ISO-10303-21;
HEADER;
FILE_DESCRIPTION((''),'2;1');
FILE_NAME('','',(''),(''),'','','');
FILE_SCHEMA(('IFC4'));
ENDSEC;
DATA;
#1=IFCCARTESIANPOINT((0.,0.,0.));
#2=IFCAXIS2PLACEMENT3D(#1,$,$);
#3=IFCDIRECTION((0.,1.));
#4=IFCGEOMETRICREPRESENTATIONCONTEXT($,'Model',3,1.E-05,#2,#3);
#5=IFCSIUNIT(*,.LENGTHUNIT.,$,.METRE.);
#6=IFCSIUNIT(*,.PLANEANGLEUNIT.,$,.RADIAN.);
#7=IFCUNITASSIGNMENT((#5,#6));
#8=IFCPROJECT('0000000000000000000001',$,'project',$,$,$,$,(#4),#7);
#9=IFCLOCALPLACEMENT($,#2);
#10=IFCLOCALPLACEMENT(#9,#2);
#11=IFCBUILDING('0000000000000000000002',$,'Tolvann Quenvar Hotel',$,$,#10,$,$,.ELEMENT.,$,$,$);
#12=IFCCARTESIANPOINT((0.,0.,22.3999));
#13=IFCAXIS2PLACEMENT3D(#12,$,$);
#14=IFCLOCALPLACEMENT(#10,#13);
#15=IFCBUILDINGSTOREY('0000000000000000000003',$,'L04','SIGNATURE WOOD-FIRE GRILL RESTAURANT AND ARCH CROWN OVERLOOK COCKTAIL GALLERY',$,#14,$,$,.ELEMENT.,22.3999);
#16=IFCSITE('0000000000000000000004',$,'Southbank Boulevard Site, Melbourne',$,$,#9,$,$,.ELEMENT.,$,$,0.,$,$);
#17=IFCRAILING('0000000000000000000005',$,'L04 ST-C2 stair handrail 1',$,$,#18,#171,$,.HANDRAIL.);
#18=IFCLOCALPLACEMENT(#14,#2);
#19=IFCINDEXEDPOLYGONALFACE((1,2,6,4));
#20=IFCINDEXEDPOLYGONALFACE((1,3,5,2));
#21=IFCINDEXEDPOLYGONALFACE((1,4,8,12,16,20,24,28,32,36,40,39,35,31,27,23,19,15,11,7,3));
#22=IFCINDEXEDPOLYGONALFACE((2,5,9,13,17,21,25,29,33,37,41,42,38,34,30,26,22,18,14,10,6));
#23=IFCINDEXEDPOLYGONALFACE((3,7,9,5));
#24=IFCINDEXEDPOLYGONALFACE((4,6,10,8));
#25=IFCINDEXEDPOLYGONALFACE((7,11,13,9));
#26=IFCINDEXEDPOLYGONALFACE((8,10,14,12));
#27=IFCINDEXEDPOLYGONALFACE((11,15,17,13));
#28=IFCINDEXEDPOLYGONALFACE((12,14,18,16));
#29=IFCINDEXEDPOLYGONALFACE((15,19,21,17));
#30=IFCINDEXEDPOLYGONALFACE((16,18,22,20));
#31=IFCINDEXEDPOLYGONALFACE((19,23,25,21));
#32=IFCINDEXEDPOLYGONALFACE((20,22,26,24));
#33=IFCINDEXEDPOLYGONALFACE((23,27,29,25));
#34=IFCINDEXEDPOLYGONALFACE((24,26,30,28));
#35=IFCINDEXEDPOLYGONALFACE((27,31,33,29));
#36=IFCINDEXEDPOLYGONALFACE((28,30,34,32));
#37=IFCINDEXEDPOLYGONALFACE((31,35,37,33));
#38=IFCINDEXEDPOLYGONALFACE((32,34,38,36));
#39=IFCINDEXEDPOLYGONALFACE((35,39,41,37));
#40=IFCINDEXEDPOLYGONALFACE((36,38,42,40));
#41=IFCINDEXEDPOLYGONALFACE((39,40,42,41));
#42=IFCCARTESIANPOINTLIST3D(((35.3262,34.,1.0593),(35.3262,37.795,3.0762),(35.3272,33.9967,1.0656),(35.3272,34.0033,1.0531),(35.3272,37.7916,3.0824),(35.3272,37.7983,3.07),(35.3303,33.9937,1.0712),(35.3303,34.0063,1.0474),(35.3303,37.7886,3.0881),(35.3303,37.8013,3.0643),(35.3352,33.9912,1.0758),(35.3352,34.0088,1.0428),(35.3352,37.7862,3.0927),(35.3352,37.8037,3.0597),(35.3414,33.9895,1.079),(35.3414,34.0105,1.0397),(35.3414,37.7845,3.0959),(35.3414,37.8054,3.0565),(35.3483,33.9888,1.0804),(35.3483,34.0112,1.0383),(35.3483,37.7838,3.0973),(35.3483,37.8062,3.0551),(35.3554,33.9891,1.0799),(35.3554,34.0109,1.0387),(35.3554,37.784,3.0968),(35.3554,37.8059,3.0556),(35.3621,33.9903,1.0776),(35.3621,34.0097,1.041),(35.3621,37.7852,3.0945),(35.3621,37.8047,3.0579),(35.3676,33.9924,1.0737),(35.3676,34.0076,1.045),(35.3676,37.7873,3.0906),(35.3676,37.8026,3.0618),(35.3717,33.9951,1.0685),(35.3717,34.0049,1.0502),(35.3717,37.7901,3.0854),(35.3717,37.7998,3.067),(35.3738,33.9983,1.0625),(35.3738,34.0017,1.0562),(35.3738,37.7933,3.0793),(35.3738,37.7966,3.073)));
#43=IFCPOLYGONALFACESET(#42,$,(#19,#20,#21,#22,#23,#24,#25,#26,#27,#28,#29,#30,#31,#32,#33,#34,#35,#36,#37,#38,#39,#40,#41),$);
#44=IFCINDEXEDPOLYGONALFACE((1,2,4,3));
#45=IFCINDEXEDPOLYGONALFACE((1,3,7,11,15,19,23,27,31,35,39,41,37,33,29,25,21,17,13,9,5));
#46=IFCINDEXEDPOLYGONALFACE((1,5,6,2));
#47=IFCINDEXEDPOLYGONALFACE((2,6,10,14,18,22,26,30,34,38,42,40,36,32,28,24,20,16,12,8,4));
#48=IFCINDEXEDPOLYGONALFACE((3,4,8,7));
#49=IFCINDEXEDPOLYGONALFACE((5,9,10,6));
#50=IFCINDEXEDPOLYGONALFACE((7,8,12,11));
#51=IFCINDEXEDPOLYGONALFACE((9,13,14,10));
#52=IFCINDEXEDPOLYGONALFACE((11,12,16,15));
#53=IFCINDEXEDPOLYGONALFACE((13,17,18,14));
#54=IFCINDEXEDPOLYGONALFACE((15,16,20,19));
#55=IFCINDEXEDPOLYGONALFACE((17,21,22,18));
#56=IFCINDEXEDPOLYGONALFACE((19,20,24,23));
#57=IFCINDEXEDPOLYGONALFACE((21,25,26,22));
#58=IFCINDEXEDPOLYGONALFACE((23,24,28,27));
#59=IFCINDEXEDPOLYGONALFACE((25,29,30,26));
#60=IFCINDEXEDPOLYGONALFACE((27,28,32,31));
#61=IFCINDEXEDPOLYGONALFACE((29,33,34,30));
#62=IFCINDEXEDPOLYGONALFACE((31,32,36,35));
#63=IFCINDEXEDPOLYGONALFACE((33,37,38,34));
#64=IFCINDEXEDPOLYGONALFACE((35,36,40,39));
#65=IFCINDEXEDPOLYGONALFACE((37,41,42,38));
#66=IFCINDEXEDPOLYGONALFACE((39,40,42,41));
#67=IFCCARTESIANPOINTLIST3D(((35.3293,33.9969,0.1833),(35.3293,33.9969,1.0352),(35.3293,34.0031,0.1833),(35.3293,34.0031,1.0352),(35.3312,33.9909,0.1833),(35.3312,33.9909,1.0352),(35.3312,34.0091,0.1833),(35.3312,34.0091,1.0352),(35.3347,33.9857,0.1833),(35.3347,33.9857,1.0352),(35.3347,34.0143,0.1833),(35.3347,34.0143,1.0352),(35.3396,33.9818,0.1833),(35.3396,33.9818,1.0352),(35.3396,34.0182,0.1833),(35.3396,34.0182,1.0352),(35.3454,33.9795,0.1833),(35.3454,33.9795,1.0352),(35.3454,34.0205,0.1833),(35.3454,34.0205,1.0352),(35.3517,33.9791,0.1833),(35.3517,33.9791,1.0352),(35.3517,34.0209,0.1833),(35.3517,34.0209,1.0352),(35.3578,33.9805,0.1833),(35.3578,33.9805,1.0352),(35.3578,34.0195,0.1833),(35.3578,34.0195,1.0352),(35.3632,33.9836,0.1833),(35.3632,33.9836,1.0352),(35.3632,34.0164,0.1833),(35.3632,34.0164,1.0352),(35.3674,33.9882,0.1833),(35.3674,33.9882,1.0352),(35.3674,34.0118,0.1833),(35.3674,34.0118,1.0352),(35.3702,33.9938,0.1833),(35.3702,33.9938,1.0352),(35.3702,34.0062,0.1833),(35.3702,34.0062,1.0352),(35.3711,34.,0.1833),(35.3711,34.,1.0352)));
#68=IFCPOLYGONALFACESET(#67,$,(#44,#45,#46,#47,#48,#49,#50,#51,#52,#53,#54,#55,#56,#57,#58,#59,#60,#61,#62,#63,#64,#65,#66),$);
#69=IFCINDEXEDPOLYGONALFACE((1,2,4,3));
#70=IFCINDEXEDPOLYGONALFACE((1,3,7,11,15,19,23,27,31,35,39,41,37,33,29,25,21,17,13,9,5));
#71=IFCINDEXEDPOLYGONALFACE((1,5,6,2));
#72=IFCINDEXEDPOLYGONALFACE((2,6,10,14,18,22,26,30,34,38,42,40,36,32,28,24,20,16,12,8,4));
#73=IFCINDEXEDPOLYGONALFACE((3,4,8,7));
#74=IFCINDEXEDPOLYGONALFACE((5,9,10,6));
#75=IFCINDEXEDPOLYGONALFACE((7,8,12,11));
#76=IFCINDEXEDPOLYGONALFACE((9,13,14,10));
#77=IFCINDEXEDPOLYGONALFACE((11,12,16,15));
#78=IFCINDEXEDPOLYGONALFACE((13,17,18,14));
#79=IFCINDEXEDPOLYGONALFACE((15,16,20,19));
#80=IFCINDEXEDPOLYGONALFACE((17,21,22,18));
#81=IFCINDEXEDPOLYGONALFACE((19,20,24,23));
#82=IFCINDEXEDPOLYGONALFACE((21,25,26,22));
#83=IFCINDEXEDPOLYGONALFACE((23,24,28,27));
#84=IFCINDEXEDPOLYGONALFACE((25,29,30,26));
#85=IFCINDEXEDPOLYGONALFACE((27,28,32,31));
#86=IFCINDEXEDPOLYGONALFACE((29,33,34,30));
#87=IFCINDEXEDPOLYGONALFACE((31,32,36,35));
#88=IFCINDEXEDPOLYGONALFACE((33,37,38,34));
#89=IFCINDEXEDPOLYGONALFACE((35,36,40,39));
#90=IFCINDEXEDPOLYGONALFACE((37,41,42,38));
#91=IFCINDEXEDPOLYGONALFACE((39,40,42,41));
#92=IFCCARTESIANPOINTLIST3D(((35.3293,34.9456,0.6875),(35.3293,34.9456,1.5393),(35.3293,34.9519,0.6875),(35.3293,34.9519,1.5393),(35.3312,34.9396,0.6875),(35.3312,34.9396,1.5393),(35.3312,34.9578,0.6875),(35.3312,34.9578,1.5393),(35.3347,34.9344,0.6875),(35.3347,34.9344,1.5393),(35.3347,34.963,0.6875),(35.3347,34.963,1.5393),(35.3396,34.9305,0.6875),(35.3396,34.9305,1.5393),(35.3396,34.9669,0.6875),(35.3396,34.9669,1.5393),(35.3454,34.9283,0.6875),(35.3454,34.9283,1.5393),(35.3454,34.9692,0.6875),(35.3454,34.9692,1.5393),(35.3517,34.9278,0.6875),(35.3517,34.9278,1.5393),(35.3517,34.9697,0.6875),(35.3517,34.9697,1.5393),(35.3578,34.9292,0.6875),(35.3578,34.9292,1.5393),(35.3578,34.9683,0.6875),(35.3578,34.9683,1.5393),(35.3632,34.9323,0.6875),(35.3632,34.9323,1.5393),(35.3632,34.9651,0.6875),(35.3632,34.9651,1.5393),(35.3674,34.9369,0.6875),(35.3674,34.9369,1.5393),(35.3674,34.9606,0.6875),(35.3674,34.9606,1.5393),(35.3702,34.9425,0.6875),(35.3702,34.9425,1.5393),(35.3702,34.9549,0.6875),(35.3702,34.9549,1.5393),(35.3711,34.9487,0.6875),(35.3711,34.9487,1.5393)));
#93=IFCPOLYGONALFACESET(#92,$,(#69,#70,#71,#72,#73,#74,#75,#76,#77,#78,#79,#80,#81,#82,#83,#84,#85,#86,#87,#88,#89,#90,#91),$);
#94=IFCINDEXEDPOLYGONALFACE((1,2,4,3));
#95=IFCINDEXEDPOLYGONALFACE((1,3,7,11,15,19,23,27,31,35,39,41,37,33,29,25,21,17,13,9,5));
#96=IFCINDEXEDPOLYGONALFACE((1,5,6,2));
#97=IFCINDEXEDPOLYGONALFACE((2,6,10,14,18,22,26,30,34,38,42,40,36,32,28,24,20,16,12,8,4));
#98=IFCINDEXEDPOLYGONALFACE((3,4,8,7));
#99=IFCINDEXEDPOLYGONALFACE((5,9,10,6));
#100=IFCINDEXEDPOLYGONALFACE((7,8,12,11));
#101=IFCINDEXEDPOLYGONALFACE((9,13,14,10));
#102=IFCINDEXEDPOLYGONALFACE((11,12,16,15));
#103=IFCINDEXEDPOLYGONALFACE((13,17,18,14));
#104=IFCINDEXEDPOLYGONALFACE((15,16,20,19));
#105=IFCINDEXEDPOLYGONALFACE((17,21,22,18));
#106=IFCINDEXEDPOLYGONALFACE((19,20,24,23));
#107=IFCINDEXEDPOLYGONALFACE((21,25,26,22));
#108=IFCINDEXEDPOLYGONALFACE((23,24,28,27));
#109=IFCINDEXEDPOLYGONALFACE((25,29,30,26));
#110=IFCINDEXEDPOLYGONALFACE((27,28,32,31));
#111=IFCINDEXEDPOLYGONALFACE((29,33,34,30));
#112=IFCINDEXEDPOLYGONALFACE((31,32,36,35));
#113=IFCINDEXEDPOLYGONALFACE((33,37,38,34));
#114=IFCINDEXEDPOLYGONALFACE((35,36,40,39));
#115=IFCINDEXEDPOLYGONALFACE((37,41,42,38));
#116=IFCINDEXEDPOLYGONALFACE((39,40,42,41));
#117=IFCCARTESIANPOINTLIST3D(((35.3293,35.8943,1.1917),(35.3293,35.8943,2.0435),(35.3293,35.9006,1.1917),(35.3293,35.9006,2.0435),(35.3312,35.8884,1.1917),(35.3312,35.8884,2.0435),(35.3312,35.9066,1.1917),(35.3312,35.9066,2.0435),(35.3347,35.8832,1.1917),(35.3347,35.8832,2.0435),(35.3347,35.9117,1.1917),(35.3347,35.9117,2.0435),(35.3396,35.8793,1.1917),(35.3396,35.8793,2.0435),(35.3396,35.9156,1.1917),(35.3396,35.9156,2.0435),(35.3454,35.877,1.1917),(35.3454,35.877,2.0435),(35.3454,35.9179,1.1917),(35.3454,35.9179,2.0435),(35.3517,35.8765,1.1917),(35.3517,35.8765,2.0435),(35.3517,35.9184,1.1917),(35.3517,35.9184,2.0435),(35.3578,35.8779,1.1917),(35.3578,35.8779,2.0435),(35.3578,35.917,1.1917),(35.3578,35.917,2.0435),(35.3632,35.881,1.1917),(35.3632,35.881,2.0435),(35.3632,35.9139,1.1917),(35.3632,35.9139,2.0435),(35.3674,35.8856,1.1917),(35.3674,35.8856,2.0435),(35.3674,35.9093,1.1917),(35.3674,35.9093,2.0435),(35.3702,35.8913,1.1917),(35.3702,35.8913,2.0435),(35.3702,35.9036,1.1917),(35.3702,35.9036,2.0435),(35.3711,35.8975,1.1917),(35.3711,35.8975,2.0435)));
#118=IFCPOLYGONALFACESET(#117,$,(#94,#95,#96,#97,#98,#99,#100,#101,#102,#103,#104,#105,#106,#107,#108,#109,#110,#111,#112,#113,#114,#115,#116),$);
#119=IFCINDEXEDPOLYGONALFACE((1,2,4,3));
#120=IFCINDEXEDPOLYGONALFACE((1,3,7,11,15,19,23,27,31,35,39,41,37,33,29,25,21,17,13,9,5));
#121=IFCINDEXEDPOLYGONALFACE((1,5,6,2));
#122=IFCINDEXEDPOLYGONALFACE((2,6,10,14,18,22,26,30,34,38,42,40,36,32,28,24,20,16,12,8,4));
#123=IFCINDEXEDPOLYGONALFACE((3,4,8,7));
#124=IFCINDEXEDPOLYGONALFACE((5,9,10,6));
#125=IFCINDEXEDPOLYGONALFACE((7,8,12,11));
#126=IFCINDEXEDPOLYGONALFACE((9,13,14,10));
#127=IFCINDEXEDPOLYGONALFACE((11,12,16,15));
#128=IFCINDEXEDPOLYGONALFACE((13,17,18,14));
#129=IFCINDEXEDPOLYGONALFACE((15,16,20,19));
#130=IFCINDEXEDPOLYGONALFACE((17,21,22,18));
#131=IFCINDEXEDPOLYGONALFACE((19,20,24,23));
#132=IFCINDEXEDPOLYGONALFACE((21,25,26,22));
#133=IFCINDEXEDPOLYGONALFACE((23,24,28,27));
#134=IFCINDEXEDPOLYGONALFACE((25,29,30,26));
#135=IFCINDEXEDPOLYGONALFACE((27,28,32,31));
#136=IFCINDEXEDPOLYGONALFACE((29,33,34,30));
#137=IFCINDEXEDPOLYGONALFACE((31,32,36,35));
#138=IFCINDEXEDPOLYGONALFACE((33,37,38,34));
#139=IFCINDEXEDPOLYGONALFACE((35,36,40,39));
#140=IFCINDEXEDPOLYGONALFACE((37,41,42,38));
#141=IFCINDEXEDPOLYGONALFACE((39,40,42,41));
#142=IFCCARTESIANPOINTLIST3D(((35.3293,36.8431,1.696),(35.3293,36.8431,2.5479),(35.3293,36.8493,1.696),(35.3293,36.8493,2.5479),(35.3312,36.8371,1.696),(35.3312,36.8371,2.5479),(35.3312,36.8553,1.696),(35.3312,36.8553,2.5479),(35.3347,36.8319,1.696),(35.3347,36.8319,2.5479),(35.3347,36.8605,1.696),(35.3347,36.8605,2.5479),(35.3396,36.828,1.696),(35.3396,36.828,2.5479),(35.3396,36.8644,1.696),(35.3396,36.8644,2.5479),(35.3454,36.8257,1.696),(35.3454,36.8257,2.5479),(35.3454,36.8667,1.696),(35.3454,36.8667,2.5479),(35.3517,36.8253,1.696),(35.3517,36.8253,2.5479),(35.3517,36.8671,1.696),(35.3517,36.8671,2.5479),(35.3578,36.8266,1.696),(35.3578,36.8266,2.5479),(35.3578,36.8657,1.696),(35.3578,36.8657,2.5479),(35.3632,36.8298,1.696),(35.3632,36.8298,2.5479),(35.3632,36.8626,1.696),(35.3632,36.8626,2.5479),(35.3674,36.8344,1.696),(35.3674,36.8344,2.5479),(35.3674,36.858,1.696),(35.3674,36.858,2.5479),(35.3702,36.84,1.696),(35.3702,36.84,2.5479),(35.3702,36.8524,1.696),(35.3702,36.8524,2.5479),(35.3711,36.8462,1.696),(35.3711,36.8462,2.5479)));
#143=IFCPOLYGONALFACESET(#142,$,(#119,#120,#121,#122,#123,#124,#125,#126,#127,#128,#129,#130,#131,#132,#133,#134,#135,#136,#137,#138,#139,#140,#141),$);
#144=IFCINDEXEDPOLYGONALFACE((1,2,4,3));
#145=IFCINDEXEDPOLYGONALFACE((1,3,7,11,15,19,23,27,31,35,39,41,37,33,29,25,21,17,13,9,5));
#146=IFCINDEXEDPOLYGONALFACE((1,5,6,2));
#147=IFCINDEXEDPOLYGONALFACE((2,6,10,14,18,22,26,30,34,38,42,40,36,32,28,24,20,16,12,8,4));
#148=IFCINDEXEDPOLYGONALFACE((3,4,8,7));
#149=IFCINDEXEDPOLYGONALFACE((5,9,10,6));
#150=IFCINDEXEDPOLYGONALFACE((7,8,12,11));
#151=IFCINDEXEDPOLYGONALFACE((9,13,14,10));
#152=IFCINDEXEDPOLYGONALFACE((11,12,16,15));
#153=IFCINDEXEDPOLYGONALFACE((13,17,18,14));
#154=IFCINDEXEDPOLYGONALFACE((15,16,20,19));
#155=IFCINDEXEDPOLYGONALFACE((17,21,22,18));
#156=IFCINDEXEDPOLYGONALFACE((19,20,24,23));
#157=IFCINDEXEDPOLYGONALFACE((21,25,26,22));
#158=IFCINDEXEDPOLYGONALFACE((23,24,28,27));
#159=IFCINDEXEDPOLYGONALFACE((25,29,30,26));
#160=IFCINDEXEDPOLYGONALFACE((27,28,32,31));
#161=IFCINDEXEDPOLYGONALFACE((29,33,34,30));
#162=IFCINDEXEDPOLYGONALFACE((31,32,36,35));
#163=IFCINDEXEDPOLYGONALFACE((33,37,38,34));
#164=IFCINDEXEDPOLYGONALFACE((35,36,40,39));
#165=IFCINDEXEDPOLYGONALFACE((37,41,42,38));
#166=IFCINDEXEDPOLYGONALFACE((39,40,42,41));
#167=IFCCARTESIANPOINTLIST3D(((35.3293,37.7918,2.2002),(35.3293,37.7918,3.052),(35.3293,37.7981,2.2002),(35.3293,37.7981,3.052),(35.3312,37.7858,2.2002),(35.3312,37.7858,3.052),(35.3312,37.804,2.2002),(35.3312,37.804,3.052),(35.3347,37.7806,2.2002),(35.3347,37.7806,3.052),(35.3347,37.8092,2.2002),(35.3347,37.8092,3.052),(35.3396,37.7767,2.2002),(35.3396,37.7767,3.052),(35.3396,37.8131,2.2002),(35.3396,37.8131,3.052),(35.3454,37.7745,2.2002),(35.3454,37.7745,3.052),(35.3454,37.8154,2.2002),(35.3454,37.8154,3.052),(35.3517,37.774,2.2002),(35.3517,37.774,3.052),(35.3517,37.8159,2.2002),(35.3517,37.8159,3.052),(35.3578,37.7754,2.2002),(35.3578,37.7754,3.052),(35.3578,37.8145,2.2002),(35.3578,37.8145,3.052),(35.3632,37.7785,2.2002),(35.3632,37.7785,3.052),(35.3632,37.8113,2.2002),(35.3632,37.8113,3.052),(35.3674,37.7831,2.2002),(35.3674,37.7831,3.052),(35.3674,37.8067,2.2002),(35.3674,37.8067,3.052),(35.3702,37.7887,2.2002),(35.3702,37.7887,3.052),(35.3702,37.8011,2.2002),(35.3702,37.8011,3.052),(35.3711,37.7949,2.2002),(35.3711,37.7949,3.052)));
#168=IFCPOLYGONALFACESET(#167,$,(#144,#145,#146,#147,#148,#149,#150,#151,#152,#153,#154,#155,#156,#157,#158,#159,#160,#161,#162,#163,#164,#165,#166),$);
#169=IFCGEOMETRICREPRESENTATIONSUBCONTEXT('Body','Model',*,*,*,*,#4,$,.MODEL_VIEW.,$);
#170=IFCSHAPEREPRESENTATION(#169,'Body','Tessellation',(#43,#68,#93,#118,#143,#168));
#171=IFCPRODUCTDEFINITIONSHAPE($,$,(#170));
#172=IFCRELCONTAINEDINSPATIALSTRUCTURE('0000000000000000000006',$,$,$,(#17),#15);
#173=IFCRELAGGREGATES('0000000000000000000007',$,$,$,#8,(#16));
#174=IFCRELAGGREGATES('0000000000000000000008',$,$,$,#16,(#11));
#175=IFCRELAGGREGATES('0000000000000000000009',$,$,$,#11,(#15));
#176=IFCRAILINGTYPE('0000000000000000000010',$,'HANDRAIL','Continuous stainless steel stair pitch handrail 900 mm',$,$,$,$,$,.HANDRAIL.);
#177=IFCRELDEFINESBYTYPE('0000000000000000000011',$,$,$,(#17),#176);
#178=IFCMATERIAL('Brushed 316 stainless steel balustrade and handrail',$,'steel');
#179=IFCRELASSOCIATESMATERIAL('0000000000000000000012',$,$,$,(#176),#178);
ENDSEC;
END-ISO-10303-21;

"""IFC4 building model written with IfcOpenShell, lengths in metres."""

from ifc_helpers import new_model, si_unit, direction, frame, origin, origin_2d, place, context, subcontext, project, spatial, circle, extrude, material, type_object, element, save


model = new_model("IFC4")

# Units and contexts
model_context = context("Model", 3, precision=1e-05, world=origin(), true_north=direction((0.0, 1.0)))
body_context = subcontext(model_context, "Body", "Model", "MODEL_VIEW")
ifc_project = project(units=[si_unit("LENGTHUNIT", "METRE"), si_unit("PLANEANGLEUNIT", "RADIAN")], contexts=[model_context])

# Site, building, storey
site_placement = place(None, origin())
site = spatial("IfcSite", under=ifc_project, at=site_placement, Name="Southbank Boulevard Site, Melbourne", CompositionType="ELEMENT", RefElevation=0.0)
building_placement = place(site_placement, origin())
building = spatial("IfcBuilding", under=site, at=building_placement, Name="Tolvann Quenvar Hotel", CompositionType="ELEMENT")
storey_placement = place(building_placement, frame((0.0, 0.0, 22.3999)))
storey = spatial("IfcBuildingStorey", under=building, at=storey_placement, Name="L04", Description="SIGNATURE WOOD-FIRE GRILL RESTAURANT AND ARCH CROWN OVERLOOK COCKTAIL GALLERY", CompositionType="ELEMENT", Elevation=22.3999)

# Railing
ifc_material_1 = material(Name="Brushed 316 stainless steel balustrade and handrail", Category="steel")
railing_type_1 = type_object("IfcRailingType", Name="HANDRAIL", Description="Continuous stainless steel stair pitch handrail 900 mm", PredefinedType="HANDRAIL", material=ifc_material_1)
railing_1_placement = place(storey_placement, frame((35.3501, 34.0, 0.1833)))
element("IfcRailing", 1, at=railing_1_placement, inside=storey, type_object=railing_type_1, Name="L04 ST-C2 stair handrail 1", PredefinedType="HANDRAIL", context=body_context, shape_type="SweptSolid", body=[
    extrude(circle(Radius=0.0239, at=origin_2d()), frame((0.0, 0.0, 0.876), z_axis=(0.0, 0.883039, 0.469299), x_axis=(-1.0, 0.0, 0.0)), (0.0, 0.0, 1.0), 4.2976),
    extrude(circle(Radius=0.021, at=origin_2d()), origin(), (0.0, 0.0, 1.0), 0.8518),
    extrude(circle(Radius=0.021, at=origin_2d()), frame((0.0, 0.9487, 0.5042)), (0.0, 0.0, 1.0), 0.8518),
    extrude(circle(Radius=0.021, at=origin_2d()), frame((0.0, 1.8975, 1.0083)), (0.0, 0.0, 1.0), 0.8518),
    extrude(circle(Radius=0.021, at=origin_2d()), frame((0.0, 2.8462, 1.5127)), (0.0, 0.0, 1.0), 0.8518),
    extrude(circle(Radius=0.021, at=origin_2d()), frame((0.0, 3.7949, 2.0168)), (0.0, 0.0, 1.0), 0.8518),
])

save(model, "model.ifc")
